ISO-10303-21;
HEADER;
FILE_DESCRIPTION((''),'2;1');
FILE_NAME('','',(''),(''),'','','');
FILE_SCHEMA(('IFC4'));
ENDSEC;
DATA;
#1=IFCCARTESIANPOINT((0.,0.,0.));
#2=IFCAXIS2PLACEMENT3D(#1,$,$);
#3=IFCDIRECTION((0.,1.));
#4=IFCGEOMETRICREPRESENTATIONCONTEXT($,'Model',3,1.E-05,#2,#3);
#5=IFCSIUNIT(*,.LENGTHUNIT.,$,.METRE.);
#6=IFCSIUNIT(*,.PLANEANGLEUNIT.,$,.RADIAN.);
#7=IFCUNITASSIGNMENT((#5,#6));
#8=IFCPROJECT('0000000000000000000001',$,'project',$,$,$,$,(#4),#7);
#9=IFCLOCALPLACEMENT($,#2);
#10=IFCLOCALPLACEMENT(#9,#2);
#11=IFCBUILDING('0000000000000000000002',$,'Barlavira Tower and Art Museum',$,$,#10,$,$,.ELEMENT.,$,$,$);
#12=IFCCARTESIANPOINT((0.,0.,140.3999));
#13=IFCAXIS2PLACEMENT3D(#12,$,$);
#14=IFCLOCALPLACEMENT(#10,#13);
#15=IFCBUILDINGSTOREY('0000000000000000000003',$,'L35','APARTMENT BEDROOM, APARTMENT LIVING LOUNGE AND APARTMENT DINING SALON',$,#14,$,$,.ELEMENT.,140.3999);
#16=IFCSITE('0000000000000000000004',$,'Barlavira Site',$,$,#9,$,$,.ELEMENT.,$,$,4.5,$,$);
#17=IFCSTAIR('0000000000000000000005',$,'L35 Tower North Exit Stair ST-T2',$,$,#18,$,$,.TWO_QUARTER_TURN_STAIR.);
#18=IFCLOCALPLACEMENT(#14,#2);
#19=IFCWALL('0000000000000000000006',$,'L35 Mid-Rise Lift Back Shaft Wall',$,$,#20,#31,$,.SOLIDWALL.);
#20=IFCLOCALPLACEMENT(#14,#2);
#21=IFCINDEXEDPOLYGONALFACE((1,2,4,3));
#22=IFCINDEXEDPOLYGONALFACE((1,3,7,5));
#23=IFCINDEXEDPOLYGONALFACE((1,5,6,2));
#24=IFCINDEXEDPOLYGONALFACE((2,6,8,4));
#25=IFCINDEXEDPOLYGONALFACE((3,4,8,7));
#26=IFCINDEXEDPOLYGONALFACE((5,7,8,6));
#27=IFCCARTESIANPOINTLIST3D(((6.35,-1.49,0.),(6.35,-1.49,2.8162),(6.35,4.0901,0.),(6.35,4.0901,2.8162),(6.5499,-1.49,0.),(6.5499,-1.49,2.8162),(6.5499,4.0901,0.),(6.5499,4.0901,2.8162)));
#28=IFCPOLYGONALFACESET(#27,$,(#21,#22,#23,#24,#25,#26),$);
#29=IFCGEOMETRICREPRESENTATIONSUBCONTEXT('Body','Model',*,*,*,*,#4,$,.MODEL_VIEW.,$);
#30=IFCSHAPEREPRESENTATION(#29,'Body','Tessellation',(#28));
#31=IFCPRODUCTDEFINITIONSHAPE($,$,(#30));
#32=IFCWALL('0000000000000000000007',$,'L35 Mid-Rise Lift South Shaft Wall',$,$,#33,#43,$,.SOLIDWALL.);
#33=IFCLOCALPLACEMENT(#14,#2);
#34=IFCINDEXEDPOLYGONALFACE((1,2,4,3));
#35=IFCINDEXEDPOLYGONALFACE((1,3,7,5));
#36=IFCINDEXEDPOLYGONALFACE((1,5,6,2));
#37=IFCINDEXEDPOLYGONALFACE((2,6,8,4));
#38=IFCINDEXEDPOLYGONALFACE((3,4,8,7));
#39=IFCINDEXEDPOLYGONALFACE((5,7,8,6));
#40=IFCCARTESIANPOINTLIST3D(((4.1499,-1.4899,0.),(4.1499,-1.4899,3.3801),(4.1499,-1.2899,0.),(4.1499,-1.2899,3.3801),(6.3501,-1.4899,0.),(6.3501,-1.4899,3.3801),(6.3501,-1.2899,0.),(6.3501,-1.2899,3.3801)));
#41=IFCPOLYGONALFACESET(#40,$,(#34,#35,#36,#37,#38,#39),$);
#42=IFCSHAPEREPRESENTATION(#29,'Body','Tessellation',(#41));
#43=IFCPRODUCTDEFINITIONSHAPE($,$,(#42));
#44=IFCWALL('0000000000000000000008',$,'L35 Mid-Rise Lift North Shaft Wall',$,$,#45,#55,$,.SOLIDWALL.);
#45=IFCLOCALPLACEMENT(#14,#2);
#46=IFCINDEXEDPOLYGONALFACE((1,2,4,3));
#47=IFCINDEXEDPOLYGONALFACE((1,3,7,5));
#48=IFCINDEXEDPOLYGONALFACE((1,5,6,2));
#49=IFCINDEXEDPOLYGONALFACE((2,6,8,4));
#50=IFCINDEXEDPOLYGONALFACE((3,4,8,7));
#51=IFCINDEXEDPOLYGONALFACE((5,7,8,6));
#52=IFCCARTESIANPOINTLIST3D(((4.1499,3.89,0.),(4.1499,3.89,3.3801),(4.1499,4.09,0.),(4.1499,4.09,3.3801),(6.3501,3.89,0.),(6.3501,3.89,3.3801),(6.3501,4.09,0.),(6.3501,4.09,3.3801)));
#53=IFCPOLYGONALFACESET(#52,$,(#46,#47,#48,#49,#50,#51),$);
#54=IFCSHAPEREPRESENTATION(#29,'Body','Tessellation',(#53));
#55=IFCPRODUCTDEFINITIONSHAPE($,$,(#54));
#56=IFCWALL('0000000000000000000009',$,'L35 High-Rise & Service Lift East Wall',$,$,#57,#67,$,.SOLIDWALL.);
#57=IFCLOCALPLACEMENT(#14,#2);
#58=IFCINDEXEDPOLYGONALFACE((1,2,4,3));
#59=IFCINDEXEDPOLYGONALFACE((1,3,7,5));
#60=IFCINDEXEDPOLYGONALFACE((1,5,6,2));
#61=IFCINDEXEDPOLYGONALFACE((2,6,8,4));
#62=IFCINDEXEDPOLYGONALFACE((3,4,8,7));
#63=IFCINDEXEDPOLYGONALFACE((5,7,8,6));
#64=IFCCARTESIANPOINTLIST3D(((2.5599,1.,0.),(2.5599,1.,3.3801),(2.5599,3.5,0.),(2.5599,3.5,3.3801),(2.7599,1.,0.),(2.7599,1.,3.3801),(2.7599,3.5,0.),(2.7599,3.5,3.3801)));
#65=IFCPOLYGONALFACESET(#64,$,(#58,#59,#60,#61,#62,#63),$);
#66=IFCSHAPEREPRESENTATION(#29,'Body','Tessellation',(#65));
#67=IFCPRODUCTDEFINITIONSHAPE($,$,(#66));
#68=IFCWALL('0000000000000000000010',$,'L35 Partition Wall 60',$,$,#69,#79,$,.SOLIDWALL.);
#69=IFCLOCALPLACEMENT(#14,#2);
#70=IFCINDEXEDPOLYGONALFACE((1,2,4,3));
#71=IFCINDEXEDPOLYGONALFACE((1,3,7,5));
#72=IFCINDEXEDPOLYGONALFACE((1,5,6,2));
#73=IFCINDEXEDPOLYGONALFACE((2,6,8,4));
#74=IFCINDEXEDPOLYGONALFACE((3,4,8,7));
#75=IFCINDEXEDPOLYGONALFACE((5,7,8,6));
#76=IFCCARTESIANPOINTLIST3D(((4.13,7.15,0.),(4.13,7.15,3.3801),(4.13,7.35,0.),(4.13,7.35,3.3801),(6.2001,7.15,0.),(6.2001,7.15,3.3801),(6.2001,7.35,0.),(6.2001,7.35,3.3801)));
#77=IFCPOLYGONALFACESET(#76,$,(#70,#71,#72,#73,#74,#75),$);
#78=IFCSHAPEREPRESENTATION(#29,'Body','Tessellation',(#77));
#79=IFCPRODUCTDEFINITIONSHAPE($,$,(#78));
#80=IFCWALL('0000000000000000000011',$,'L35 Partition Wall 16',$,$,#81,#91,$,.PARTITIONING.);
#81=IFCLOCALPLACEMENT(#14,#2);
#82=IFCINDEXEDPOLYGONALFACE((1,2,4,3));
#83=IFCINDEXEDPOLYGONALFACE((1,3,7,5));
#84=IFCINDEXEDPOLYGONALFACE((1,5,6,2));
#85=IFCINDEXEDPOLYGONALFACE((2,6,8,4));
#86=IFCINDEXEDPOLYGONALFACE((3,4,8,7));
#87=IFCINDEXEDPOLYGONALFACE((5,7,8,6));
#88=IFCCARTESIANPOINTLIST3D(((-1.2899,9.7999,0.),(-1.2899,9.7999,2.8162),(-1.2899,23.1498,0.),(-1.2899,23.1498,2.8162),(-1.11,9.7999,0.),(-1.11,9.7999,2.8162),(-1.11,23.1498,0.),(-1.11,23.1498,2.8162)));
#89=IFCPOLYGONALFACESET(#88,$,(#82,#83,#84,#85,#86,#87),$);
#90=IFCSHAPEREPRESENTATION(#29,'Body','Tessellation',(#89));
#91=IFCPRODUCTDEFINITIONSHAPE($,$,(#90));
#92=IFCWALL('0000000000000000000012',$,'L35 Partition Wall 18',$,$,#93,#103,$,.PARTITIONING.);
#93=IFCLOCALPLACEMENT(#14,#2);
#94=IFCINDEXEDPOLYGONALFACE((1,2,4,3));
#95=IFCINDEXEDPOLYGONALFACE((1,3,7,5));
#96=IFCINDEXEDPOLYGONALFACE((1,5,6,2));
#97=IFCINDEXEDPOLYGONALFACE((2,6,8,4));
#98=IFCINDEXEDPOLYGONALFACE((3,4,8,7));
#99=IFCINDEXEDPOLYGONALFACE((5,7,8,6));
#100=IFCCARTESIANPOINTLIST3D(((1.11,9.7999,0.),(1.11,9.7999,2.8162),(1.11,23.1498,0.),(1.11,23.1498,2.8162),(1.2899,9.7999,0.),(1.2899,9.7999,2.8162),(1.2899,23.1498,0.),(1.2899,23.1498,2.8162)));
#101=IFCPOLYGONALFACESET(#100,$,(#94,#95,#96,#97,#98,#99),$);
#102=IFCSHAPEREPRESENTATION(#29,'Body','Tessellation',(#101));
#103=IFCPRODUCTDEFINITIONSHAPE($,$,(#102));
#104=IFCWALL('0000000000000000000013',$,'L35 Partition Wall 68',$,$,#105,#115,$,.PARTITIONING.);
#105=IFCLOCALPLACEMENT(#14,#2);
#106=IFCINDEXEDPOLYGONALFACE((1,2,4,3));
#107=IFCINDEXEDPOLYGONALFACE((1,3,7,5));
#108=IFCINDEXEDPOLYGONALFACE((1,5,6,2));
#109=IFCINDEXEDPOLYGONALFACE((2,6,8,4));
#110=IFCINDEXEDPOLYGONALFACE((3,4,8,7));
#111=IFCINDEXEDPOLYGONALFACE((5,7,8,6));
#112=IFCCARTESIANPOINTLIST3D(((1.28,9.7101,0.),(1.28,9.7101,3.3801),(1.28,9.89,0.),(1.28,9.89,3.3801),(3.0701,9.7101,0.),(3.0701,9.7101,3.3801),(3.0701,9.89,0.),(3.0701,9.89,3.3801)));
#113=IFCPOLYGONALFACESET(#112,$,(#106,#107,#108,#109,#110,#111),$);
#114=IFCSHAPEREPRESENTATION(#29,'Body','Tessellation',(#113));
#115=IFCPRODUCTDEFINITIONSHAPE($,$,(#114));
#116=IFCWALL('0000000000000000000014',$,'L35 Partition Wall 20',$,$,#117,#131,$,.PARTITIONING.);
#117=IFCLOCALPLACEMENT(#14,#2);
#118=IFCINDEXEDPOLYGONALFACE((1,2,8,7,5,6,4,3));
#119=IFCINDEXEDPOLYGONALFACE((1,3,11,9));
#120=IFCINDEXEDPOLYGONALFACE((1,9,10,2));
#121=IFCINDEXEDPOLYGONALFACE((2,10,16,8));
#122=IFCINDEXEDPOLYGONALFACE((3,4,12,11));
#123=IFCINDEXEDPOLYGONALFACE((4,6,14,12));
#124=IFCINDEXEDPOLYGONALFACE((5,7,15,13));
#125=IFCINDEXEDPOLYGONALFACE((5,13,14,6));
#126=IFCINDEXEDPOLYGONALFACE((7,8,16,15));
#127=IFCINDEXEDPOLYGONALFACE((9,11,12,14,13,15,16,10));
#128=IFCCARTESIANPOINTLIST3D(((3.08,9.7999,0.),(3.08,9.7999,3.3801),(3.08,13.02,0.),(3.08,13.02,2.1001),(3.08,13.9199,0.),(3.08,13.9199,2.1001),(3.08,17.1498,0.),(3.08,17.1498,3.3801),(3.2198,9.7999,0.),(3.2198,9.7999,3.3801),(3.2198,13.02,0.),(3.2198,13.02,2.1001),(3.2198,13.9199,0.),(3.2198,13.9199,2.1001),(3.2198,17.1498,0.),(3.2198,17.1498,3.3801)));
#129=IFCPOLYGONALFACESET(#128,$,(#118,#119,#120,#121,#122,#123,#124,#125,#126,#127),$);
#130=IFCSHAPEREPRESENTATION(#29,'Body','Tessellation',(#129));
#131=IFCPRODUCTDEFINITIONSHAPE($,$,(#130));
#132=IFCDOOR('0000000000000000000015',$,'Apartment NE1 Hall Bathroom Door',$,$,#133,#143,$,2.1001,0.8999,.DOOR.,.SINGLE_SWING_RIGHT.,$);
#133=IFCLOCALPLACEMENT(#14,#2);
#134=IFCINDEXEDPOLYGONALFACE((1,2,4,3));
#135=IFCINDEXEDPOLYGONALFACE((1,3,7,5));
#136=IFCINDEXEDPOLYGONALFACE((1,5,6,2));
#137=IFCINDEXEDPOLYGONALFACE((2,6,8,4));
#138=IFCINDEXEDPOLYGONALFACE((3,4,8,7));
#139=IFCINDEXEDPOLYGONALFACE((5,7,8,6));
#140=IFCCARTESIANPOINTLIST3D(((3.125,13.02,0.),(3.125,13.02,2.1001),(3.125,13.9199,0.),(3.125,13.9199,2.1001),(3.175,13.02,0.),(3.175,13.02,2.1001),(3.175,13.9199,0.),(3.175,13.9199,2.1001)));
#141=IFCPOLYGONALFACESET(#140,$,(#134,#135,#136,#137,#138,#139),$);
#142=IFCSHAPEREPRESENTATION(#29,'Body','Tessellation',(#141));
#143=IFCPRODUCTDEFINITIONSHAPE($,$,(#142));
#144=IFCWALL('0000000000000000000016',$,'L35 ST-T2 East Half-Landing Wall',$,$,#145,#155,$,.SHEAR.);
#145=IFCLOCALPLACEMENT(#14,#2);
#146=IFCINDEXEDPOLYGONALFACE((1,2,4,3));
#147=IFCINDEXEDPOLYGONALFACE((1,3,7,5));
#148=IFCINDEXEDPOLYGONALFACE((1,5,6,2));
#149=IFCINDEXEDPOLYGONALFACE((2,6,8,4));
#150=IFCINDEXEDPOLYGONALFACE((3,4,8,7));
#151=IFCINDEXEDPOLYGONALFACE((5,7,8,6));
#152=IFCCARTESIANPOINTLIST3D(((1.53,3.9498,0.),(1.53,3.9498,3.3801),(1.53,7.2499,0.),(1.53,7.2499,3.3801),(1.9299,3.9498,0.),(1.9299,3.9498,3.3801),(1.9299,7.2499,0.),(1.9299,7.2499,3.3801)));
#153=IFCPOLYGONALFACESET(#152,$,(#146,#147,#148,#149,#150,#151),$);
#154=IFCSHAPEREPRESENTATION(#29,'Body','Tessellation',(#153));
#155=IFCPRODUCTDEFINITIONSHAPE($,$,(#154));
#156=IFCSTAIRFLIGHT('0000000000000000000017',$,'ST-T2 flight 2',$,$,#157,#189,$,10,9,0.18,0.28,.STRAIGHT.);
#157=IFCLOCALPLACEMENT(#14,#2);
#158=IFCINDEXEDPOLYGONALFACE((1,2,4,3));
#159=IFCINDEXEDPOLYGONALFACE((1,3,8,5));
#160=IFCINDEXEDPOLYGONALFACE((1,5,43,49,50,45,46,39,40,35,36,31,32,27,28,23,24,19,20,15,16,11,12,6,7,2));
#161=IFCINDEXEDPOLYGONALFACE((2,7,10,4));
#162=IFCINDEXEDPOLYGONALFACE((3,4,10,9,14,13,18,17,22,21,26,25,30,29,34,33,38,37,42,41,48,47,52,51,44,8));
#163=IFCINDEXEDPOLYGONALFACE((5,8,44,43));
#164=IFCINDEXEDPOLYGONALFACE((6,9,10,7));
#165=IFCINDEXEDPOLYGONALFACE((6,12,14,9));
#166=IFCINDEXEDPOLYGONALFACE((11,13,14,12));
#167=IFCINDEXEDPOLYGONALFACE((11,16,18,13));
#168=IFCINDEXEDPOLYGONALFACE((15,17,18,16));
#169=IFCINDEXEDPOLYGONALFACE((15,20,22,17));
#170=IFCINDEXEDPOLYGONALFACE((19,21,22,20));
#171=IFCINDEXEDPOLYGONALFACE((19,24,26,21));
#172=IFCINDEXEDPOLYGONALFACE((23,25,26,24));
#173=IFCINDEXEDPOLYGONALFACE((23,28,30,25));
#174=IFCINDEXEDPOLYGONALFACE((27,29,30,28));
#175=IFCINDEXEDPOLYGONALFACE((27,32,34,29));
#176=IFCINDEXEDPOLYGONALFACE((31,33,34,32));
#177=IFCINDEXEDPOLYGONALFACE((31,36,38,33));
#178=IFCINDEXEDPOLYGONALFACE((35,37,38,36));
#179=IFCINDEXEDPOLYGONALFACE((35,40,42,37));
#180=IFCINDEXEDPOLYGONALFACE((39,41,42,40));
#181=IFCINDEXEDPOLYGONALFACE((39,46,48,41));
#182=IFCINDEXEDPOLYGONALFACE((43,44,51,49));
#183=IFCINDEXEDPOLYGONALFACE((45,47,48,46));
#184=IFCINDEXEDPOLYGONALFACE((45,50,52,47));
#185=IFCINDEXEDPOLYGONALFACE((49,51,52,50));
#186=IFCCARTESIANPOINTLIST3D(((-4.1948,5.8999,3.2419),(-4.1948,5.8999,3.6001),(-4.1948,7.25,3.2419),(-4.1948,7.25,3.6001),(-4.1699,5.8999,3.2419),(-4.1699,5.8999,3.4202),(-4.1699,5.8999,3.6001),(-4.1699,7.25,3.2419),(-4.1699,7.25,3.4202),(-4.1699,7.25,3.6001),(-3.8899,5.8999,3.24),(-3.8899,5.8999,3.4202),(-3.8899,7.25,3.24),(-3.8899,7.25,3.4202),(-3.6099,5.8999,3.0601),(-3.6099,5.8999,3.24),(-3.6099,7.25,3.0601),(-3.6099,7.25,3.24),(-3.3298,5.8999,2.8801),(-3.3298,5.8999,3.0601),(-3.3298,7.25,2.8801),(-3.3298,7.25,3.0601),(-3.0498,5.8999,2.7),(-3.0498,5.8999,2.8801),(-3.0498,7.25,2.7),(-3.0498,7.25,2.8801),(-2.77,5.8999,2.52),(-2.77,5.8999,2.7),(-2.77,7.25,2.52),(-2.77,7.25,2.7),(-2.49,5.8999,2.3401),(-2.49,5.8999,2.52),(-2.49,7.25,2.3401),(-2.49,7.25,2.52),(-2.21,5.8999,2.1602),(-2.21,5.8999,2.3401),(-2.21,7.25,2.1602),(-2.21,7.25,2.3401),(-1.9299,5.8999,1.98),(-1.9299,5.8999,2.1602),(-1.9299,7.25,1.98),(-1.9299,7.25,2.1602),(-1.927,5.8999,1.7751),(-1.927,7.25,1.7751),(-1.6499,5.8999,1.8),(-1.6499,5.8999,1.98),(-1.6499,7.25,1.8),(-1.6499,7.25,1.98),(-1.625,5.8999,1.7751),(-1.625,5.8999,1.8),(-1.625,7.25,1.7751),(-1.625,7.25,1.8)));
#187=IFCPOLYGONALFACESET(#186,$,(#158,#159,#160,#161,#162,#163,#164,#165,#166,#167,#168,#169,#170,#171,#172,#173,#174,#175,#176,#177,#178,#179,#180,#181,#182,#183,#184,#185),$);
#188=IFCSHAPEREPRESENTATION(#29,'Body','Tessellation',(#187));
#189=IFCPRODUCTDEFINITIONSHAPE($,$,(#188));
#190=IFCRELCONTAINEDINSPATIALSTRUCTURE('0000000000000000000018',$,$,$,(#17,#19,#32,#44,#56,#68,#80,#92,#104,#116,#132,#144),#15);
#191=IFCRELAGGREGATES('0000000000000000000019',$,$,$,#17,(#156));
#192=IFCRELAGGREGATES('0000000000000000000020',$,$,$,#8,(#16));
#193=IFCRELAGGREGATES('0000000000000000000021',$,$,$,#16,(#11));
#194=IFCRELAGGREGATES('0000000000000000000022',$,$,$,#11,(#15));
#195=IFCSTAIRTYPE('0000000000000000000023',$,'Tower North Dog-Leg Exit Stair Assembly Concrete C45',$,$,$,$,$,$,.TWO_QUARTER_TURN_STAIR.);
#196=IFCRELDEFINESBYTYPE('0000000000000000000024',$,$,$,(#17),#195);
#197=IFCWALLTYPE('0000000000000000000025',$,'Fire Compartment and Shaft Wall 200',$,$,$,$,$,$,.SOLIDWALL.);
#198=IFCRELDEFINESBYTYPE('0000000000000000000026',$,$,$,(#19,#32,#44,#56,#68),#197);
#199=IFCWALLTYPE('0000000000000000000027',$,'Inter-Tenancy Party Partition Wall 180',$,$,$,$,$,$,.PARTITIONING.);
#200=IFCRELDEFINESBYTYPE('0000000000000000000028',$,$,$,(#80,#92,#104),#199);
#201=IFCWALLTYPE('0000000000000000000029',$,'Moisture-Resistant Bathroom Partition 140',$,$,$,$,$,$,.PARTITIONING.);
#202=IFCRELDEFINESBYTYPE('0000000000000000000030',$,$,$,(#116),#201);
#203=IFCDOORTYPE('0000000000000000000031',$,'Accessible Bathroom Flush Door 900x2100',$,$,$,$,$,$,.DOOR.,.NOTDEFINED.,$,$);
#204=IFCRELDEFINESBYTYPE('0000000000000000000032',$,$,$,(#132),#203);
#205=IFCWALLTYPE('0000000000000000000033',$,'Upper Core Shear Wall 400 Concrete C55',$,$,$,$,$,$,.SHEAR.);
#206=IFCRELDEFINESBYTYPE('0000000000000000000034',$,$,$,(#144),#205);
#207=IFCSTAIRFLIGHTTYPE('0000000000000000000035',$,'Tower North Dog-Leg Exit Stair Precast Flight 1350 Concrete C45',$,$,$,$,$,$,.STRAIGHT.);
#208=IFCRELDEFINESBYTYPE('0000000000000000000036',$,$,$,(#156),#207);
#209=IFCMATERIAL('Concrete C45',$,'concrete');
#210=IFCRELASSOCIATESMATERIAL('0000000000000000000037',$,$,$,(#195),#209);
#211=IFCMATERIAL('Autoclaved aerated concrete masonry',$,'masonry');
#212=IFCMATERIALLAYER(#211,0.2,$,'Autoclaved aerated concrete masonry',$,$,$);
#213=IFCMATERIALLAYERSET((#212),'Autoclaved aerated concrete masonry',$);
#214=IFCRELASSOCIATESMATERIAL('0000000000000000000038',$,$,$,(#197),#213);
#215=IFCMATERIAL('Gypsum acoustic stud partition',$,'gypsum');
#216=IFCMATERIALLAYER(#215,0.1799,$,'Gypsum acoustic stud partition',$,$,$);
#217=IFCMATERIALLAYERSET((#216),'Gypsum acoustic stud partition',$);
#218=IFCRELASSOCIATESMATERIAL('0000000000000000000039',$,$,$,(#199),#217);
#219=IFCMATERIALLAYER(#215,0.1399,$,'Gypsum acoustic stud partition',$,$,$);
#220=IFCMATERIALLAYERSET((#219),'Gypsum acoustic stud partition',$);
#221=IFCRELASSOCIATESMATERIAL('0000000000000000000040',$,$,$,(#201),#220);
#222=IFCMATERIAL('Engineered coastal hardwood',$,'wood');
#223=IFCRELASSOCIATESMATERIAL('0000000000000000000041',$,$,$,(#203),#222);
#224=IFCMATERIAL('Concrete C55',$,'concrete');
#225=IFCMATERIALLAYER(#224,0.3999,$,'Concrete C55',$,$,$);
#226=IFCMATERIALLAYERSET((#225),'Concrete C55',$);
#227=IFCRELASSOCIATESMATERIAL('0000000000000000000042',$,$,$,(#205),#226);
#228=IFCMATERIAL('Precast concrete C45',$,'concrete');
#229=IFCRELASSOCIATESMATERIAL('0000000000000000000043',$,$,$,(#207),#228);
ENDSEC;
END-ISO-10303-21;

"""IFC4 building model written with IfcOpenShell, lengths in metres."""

from ifc_helpers import new_model, si_unit, direction, frame, frame_2d, origin, place, context, subcontext, project, spatial, polyline, rectangle, outline, extrude, material, layer, layer_set, type_object, element, fill, aggregate, save


model = new_model("IFC4")

# Units and contexts
model_context = context("Model", 3, precision=1e-05, world=origin(), true_north=direction((0.0, 1.0)))
body_context = subcontext(model_context, "Body", "Model", "MODEL_VIEW")
ifc_project = project(units=[si_unit("LENGTHUNIT", "METRE"), si_unit("PLANEANGLEUNIT", "RADIAN")], contexts=[model_context])

# Site, building, storey
site_placement = place(None, origin())
site = spatial("IfcSite", under=ifc_project, at=site_placement, Name="Barlavira Site", CompositionType="ELEMENT", RefElevation=4.5)
building_placement = place(site_placement, origin())
building = spatial("IfcBuilding", under=site, at=building_placement, Name="Barlavira Tower and Art Museum", CompositionType="ELEMENT")
storey_placement = place(building_placement, frame((0.0, 0.0, 140.3999)))
storey = spatial("IfcBuildingStorey", under=building, at=storey_placement, Name="L35", Description="APARTMENT BEDROOM, APARTMENT LIVING LOUNGE AND APARTMENT DINING SALON", CompositionType="ELEMENT", Elevation=140.3999)

# Stair
ifc_material_1 = material(Name="Concrete C45", Category="concrete")
stair_type_1 = type_object("IfcStairType", Name="Tower North Dog-Leg Exit Stair Assembly Concrete C45", PredefinedType="TWO_QUARTER_TURN_STAIR", material=ifc_material_1)
stair_1_placement = place(storey_placement, origin())
stair_1 = element("IfcStair", 1, at=stair_1_placement, inside=storey, type_object=stair_type_1, Name="L35 Tower North Exit Stair ST-T2", PredefinedType="TWO_QUARTER_TURN_STAIR")

# Walls
ifc_material_2 = material(Name="Autoclaved aerated concrete masonry", Category="masonry")
ifc_layer_1 = layer(ifc_material_2, 0.2, Name="Autoclaved aerated concrete masonry")
ifc_layer_set_1 = layer_set([ifc_layer_1], Name="Autoclaved aerated concrete masonry")
wall_type_1 = type_object("IfcWallType", Name="Fire Compartment and Shaft Wall 200", PredefinedType="SOLIDWALL", material=ifc_layer_set_1)
wall_1_placement = place(storey_placement, frame((6.45, -1.49, 0.0), z_axis=(0.0, 0.0, 1.0), x_axis=(0.0, 1.0, 0.0)))
element("IfcWall", 2, at=wall_1_placement, inside=storey, type_object=wall_type_1, Name="L35 Mid-Rise Lift Back Shaft Wall", PredefinedType="SOLIDWALL", context=body_context, shape_type="SweptSolid", body=[
    extrude(rectangle(XDim=5.5801, YDim=0.2, at=frame_2d((2.79, 0.0))), origin(), (0.0, 0.0, 1.0), 2.8162),
])
for number, where, z_axis, x_axis, name in (
    (3, (4.1499, -1.3899, 0.0), (0.0, 0.0, 1.0), (1.0, 0.0, 0.0), "L35 Mid-Rise Lift South Shaft Wall"),
    (4, (4.1499, 3.99, 0.0), (0.0, 0.0, 1.0), (1.0, 0.0, 0.0), "L35 Mid-Rise Lift North Shaft Wall"),
):
    element("IfcWall", number, at=place(storey_placement, frame(where, z_axis=z_axis, x_axis=x_axis)), inside=storey, type_object=wall_type_1, Name=name, PredefinedType="SOLIDWALL", context=body_context, shape_type="SweptSolid", body=[
        extrude(rectangle(XDim=2.2002, YDim=0.2, at=frame_2d((1.1001, 0.0))), origin(), (0.0, 0.0, 1.0), 3.3801),
    ])
wall_2_placement = place(storey_placement, frame((2.6599, 1.0, 0.0), z_axis=(0.0, 0.0, 1.0), x_axis=(0.0, 1.0, 0.0)))
element("IfcWall", 5, at=wall_2_placement, inside=storey, type_object=wall_type_1, Name="L35 High-Rise & Service Lift East Wall", PredefinedType="SOLIDWALL", context=body_context, shape_type="SweptSolid", body=[
    extrude(rectangle(XDim=2.5, YDim=0.2, at=frame_2d((1.25, 0.0))), origin(), (0.0, 0.0, 1.0), 3.3801),
])

# Walls
wall_3_placement = place(storey_placement, frame((4.1299, 7.25, 0.0), z_axis=(0.0, 0.0, 1.0), x_axis=(1.0, 0.0, 0.0)))
element("IfcWall", 6, at=wall_3_placement, inside=storey, type_object=wall_type_1, Name="L35 Partition Wall 60", PredefinedType="SOLIDWALL", context=body_context, shape_type="SweptSolid", body=[
    extrude(rectangle(XDim=2.0701, YDim=0.2, at=frame_2d((1.0352, 0.0))), origin(), (0.0, 0.0, 1.0), 3.3801),
])
ifc_material_3 = material(Name="Gypsum acoustic stud partition", Category="gypsum")
ifc_layer_2 = layer(ifc_material_3, 0.1799, Name="Gypsum acoustic stud partition")
ifc_layer_set_2 = layer_set([ifc_layer_2], Name="Gypsum acoustic stud partition")
wall_type_2 = type_object("IfcWallType", Name="Inter-Tenancy Party Partition Wall 180", PredefinedType="PARTITIONING", material=ifc_layer_set_2)
for number, where, z_axis, x_axis, name in (
    (7, (-1.2, 9.8, 0.0), (0.0, 0.0, 1.0), (0.0, 1.0, 0.0), "L35 Partition Wall 16"),
    (8, (1.2, 9.8, 0.0), (0.0, 0.0, 1.0), (0.0, 1.0, 0.0), "L35 Partition Wall 18"),
):
    element("IfcWall", number, at=place(storey_placement, frame(where, z_axis=z_axis, x_axis=x_axis)), inside=storey, type_object=wall_type_2, Name=name, PredefinedType="PARTITIONING", context=body_context, shape_type="SweptSolid", body=[
        extrude(rectangle(XDim=13.3499, YDim=0.1799, at=frame_2d((6.6748, 0.0))), origin(), (0.0, 0.0, 1.0), 2.8162),
    ])
wall_4_placement = place(storey_placement, frame((1.28, 9.8, 0.0), z_axis=(0.0, 0.0, 1.0), x_axis=(1.0, 0.0, 0.0)))
element("IfcWall", 9, at=wall_4_placement, inside=storey, type_object=wall_type_2, Name="L35 Partition Wall 68", PredefinedType="PARTITIONING", context=body_context, shape_type="SweptSolid", body=[
    extrude(rectangle(XDim=1.79, YDim=0.1799, at=frame_2d((0.895, 0.0))), origin(), (0.0, 0.0, 1.0), 3.3801),
])

# Wall, opening, door
ifc_layer_3 = layer(ifc_material_3, 0.1399, Name="Gypsum acoustic stud partition")
ifc_layer_set_3 = layer_set([ifc_layer_3], Name="Gypsum acoustic stud partition")
wall_type_3 = type_object("IfcWallType", Name="Moisture-Resistant Bathroom Partition 140", PredefinedType="PARTITIONING", material=ifc_layer_set_3)
wall_5_placement = place(storey_placement, frame((3.1499, 9.8, 0.0), z_axis=(0.0, 0.0, 1.0), x_axis=(0.0, 1.0, 0.0)))
wall_5 = element("IfcWall", 10, at=wall_5_placement, inside=storey, type_object=wall_type_3, Name="L35 Partition Wall 20", PredefinedType="PARTITIONING", context=body_context, shape_type="SweptSolid", body=[
    extrude(rectangle(XDim=7.3499, YDim=0.1399, at=frame_2d((3.6748, 0.0))), origin(), (0.0, 0.0, 1.0), 3.3801),
])
opening_1_placement = place(wall_5_placement, frame((3.22, 0.0, 0.0)))
opening_1 = element("IfcOpeningElement", 11, at=opening_1_placement, cuts=wall_5, PredefinedType="OPENING", context=body_context, shape_type="SweptSolid", body=[
    extrude(rectangle(XDim=0.8999, YDim=2.1001, at=frame_2d((0.45, 1.05))), frame((0.0, 0.0801, 0.0), z_axis=(0.0, -1.0, 0.0), x_axis=(1.0, 0.0, 0.0)), (0.0, 0.0, 1.0), 0.1599),
])
ifc_material_4 = material(Name="Engineered coastal hardwood", Category="wood")
door_type_1 = type_object("IfcDoorType", Name="Accessible Bathroom Flush Door 900x2100", OperationType="NOTDEFINED", PredefinedType="DOOR", material=ifc_material_4)
door_1_placement = place(opening_1_placement, origin())
door_1 = element("IfcDoor", 12, at=door_1_placement, inside=storey, type_object=door_type_1, Name="Apartment NE1 Hall Bathroom Door", OperationType="SINGLE_SWING_RIGHT", OverallHeight=2.1001, OverallWidth=0.8999, PredefinedType="DOOR", context=body_context, shape_type="SweptSolid", body=[
    extrude(rectangle(XDim=0.8999, YDim=2.1001, at=frame_2d((0.45, 1.05))), frame((0.0, 0.0249, 0.0), z_axis=(0.0, -1.0, 0.0), x_axis=(1.0, 0.0, 0.0)), (0.0, 0.0, 1.0), 0.05),
])
fill(opening_1, door_1)

# Wall
ifc_material_5 = material(Name="Concrete C55", Category="concrete")
ifc_layer_4 = layer(ifc_material_5, 0.3999, Name="Concrete C55")
ifc_layer_set_4 = layer_set([ifc_layer_4], Name="Concrete C55")
wall_type_4 = type_object("IfcWallType", Name="Upper Core Shear Wall 400 Concrete C55", PredefinedType="SHEAR", material=ifc_layer_set_4)
wall_6_placement = place(storey_placement, frame((1.73, 3.95, 0.0), z_axis=(0.0, 0.0, 1.0), x_axis=(0.0, 1.0, 0.0)))
element("IfcWall", 13, at=wall_6_placement, inside=storey, type_object=wall_type_4, Name="L35 ST-T2 East Half-Landing Wall", PredefinedType="SHEAR", context=body_context, shape_type="SweptSolid", body=[
    extrude(rectangle(XDim=3.3, YDim=0.3999, at=frame_2d((1.6499, 0.0))), origin(), (0.0, 0.0, 1.0), 3.3801),
])

# Stair flight
ifc_material_6 = material(Name="Precast concrete C45", Category="concrete")
stair_flight_type = type_object("IfcStairFlightType", Name="Tower North Dog-Leg Exit Stair Precast Flight 1350 Concrete C45", PredefinedType="STRAIGHT", material=ifc_material_6)
stair_flight_placement = place(storey_placement, frame((-1.6499, 6.575, 1.8), z_axis=(0.0, 0.0, 1.0), x_axis=(-1.0, 0.0, 0.0)))
stair_flight = element("IfcStairFlight", 14, at=stair_flight_placement, type_object=stair_flight_type, Name="ST-T2 flight 2", NumberOfRisers=10, NumberOfTreads=9, PredefinedType="STRAIGHT", RiserHeight=0.18, TreadLength=0.28, context=body_context, shape_type="SweptSolid", body=[
    extrude(outline(polyline([(-0.0249, 0.0), (0.0, 0.0), (0.0, 0.1799), (0.28, 0.1799), (0.28, 0.3601), (0.5601, 0.3601), (0.5601, 0.54), (0.8401, 0.54), (0.8401, 0.72), (1.1201, 0.72), (1.1201, 0.8999), (1.3999, 0.8999), (1.3999, 1.0801), (1.6799, 1.0801), (1.6799, 1.26), (1.96, 1.26), (1.96, 1.4399), (2.24, 1.4399), (2.24, 1.6201), (2.52, 1.6201), (2.52, 1.8), (2.5449, 1.8), (2.5449, 1.4419), (2.52, 1.4419), (0.2771, -0.0249), (-0.0249, -0.0249), (-0.0249, 0.0)])), frame((0.0, 0.675, 0.0), z_axis=(0.0, -1.0, 0.0), x_axis=(1.0, 0.0, 0.0)), (0.0, 0.0, 1.0), 1.3501),
])
aggregate(stair_1, [stair_flight])

save(model, "model.ifc")
